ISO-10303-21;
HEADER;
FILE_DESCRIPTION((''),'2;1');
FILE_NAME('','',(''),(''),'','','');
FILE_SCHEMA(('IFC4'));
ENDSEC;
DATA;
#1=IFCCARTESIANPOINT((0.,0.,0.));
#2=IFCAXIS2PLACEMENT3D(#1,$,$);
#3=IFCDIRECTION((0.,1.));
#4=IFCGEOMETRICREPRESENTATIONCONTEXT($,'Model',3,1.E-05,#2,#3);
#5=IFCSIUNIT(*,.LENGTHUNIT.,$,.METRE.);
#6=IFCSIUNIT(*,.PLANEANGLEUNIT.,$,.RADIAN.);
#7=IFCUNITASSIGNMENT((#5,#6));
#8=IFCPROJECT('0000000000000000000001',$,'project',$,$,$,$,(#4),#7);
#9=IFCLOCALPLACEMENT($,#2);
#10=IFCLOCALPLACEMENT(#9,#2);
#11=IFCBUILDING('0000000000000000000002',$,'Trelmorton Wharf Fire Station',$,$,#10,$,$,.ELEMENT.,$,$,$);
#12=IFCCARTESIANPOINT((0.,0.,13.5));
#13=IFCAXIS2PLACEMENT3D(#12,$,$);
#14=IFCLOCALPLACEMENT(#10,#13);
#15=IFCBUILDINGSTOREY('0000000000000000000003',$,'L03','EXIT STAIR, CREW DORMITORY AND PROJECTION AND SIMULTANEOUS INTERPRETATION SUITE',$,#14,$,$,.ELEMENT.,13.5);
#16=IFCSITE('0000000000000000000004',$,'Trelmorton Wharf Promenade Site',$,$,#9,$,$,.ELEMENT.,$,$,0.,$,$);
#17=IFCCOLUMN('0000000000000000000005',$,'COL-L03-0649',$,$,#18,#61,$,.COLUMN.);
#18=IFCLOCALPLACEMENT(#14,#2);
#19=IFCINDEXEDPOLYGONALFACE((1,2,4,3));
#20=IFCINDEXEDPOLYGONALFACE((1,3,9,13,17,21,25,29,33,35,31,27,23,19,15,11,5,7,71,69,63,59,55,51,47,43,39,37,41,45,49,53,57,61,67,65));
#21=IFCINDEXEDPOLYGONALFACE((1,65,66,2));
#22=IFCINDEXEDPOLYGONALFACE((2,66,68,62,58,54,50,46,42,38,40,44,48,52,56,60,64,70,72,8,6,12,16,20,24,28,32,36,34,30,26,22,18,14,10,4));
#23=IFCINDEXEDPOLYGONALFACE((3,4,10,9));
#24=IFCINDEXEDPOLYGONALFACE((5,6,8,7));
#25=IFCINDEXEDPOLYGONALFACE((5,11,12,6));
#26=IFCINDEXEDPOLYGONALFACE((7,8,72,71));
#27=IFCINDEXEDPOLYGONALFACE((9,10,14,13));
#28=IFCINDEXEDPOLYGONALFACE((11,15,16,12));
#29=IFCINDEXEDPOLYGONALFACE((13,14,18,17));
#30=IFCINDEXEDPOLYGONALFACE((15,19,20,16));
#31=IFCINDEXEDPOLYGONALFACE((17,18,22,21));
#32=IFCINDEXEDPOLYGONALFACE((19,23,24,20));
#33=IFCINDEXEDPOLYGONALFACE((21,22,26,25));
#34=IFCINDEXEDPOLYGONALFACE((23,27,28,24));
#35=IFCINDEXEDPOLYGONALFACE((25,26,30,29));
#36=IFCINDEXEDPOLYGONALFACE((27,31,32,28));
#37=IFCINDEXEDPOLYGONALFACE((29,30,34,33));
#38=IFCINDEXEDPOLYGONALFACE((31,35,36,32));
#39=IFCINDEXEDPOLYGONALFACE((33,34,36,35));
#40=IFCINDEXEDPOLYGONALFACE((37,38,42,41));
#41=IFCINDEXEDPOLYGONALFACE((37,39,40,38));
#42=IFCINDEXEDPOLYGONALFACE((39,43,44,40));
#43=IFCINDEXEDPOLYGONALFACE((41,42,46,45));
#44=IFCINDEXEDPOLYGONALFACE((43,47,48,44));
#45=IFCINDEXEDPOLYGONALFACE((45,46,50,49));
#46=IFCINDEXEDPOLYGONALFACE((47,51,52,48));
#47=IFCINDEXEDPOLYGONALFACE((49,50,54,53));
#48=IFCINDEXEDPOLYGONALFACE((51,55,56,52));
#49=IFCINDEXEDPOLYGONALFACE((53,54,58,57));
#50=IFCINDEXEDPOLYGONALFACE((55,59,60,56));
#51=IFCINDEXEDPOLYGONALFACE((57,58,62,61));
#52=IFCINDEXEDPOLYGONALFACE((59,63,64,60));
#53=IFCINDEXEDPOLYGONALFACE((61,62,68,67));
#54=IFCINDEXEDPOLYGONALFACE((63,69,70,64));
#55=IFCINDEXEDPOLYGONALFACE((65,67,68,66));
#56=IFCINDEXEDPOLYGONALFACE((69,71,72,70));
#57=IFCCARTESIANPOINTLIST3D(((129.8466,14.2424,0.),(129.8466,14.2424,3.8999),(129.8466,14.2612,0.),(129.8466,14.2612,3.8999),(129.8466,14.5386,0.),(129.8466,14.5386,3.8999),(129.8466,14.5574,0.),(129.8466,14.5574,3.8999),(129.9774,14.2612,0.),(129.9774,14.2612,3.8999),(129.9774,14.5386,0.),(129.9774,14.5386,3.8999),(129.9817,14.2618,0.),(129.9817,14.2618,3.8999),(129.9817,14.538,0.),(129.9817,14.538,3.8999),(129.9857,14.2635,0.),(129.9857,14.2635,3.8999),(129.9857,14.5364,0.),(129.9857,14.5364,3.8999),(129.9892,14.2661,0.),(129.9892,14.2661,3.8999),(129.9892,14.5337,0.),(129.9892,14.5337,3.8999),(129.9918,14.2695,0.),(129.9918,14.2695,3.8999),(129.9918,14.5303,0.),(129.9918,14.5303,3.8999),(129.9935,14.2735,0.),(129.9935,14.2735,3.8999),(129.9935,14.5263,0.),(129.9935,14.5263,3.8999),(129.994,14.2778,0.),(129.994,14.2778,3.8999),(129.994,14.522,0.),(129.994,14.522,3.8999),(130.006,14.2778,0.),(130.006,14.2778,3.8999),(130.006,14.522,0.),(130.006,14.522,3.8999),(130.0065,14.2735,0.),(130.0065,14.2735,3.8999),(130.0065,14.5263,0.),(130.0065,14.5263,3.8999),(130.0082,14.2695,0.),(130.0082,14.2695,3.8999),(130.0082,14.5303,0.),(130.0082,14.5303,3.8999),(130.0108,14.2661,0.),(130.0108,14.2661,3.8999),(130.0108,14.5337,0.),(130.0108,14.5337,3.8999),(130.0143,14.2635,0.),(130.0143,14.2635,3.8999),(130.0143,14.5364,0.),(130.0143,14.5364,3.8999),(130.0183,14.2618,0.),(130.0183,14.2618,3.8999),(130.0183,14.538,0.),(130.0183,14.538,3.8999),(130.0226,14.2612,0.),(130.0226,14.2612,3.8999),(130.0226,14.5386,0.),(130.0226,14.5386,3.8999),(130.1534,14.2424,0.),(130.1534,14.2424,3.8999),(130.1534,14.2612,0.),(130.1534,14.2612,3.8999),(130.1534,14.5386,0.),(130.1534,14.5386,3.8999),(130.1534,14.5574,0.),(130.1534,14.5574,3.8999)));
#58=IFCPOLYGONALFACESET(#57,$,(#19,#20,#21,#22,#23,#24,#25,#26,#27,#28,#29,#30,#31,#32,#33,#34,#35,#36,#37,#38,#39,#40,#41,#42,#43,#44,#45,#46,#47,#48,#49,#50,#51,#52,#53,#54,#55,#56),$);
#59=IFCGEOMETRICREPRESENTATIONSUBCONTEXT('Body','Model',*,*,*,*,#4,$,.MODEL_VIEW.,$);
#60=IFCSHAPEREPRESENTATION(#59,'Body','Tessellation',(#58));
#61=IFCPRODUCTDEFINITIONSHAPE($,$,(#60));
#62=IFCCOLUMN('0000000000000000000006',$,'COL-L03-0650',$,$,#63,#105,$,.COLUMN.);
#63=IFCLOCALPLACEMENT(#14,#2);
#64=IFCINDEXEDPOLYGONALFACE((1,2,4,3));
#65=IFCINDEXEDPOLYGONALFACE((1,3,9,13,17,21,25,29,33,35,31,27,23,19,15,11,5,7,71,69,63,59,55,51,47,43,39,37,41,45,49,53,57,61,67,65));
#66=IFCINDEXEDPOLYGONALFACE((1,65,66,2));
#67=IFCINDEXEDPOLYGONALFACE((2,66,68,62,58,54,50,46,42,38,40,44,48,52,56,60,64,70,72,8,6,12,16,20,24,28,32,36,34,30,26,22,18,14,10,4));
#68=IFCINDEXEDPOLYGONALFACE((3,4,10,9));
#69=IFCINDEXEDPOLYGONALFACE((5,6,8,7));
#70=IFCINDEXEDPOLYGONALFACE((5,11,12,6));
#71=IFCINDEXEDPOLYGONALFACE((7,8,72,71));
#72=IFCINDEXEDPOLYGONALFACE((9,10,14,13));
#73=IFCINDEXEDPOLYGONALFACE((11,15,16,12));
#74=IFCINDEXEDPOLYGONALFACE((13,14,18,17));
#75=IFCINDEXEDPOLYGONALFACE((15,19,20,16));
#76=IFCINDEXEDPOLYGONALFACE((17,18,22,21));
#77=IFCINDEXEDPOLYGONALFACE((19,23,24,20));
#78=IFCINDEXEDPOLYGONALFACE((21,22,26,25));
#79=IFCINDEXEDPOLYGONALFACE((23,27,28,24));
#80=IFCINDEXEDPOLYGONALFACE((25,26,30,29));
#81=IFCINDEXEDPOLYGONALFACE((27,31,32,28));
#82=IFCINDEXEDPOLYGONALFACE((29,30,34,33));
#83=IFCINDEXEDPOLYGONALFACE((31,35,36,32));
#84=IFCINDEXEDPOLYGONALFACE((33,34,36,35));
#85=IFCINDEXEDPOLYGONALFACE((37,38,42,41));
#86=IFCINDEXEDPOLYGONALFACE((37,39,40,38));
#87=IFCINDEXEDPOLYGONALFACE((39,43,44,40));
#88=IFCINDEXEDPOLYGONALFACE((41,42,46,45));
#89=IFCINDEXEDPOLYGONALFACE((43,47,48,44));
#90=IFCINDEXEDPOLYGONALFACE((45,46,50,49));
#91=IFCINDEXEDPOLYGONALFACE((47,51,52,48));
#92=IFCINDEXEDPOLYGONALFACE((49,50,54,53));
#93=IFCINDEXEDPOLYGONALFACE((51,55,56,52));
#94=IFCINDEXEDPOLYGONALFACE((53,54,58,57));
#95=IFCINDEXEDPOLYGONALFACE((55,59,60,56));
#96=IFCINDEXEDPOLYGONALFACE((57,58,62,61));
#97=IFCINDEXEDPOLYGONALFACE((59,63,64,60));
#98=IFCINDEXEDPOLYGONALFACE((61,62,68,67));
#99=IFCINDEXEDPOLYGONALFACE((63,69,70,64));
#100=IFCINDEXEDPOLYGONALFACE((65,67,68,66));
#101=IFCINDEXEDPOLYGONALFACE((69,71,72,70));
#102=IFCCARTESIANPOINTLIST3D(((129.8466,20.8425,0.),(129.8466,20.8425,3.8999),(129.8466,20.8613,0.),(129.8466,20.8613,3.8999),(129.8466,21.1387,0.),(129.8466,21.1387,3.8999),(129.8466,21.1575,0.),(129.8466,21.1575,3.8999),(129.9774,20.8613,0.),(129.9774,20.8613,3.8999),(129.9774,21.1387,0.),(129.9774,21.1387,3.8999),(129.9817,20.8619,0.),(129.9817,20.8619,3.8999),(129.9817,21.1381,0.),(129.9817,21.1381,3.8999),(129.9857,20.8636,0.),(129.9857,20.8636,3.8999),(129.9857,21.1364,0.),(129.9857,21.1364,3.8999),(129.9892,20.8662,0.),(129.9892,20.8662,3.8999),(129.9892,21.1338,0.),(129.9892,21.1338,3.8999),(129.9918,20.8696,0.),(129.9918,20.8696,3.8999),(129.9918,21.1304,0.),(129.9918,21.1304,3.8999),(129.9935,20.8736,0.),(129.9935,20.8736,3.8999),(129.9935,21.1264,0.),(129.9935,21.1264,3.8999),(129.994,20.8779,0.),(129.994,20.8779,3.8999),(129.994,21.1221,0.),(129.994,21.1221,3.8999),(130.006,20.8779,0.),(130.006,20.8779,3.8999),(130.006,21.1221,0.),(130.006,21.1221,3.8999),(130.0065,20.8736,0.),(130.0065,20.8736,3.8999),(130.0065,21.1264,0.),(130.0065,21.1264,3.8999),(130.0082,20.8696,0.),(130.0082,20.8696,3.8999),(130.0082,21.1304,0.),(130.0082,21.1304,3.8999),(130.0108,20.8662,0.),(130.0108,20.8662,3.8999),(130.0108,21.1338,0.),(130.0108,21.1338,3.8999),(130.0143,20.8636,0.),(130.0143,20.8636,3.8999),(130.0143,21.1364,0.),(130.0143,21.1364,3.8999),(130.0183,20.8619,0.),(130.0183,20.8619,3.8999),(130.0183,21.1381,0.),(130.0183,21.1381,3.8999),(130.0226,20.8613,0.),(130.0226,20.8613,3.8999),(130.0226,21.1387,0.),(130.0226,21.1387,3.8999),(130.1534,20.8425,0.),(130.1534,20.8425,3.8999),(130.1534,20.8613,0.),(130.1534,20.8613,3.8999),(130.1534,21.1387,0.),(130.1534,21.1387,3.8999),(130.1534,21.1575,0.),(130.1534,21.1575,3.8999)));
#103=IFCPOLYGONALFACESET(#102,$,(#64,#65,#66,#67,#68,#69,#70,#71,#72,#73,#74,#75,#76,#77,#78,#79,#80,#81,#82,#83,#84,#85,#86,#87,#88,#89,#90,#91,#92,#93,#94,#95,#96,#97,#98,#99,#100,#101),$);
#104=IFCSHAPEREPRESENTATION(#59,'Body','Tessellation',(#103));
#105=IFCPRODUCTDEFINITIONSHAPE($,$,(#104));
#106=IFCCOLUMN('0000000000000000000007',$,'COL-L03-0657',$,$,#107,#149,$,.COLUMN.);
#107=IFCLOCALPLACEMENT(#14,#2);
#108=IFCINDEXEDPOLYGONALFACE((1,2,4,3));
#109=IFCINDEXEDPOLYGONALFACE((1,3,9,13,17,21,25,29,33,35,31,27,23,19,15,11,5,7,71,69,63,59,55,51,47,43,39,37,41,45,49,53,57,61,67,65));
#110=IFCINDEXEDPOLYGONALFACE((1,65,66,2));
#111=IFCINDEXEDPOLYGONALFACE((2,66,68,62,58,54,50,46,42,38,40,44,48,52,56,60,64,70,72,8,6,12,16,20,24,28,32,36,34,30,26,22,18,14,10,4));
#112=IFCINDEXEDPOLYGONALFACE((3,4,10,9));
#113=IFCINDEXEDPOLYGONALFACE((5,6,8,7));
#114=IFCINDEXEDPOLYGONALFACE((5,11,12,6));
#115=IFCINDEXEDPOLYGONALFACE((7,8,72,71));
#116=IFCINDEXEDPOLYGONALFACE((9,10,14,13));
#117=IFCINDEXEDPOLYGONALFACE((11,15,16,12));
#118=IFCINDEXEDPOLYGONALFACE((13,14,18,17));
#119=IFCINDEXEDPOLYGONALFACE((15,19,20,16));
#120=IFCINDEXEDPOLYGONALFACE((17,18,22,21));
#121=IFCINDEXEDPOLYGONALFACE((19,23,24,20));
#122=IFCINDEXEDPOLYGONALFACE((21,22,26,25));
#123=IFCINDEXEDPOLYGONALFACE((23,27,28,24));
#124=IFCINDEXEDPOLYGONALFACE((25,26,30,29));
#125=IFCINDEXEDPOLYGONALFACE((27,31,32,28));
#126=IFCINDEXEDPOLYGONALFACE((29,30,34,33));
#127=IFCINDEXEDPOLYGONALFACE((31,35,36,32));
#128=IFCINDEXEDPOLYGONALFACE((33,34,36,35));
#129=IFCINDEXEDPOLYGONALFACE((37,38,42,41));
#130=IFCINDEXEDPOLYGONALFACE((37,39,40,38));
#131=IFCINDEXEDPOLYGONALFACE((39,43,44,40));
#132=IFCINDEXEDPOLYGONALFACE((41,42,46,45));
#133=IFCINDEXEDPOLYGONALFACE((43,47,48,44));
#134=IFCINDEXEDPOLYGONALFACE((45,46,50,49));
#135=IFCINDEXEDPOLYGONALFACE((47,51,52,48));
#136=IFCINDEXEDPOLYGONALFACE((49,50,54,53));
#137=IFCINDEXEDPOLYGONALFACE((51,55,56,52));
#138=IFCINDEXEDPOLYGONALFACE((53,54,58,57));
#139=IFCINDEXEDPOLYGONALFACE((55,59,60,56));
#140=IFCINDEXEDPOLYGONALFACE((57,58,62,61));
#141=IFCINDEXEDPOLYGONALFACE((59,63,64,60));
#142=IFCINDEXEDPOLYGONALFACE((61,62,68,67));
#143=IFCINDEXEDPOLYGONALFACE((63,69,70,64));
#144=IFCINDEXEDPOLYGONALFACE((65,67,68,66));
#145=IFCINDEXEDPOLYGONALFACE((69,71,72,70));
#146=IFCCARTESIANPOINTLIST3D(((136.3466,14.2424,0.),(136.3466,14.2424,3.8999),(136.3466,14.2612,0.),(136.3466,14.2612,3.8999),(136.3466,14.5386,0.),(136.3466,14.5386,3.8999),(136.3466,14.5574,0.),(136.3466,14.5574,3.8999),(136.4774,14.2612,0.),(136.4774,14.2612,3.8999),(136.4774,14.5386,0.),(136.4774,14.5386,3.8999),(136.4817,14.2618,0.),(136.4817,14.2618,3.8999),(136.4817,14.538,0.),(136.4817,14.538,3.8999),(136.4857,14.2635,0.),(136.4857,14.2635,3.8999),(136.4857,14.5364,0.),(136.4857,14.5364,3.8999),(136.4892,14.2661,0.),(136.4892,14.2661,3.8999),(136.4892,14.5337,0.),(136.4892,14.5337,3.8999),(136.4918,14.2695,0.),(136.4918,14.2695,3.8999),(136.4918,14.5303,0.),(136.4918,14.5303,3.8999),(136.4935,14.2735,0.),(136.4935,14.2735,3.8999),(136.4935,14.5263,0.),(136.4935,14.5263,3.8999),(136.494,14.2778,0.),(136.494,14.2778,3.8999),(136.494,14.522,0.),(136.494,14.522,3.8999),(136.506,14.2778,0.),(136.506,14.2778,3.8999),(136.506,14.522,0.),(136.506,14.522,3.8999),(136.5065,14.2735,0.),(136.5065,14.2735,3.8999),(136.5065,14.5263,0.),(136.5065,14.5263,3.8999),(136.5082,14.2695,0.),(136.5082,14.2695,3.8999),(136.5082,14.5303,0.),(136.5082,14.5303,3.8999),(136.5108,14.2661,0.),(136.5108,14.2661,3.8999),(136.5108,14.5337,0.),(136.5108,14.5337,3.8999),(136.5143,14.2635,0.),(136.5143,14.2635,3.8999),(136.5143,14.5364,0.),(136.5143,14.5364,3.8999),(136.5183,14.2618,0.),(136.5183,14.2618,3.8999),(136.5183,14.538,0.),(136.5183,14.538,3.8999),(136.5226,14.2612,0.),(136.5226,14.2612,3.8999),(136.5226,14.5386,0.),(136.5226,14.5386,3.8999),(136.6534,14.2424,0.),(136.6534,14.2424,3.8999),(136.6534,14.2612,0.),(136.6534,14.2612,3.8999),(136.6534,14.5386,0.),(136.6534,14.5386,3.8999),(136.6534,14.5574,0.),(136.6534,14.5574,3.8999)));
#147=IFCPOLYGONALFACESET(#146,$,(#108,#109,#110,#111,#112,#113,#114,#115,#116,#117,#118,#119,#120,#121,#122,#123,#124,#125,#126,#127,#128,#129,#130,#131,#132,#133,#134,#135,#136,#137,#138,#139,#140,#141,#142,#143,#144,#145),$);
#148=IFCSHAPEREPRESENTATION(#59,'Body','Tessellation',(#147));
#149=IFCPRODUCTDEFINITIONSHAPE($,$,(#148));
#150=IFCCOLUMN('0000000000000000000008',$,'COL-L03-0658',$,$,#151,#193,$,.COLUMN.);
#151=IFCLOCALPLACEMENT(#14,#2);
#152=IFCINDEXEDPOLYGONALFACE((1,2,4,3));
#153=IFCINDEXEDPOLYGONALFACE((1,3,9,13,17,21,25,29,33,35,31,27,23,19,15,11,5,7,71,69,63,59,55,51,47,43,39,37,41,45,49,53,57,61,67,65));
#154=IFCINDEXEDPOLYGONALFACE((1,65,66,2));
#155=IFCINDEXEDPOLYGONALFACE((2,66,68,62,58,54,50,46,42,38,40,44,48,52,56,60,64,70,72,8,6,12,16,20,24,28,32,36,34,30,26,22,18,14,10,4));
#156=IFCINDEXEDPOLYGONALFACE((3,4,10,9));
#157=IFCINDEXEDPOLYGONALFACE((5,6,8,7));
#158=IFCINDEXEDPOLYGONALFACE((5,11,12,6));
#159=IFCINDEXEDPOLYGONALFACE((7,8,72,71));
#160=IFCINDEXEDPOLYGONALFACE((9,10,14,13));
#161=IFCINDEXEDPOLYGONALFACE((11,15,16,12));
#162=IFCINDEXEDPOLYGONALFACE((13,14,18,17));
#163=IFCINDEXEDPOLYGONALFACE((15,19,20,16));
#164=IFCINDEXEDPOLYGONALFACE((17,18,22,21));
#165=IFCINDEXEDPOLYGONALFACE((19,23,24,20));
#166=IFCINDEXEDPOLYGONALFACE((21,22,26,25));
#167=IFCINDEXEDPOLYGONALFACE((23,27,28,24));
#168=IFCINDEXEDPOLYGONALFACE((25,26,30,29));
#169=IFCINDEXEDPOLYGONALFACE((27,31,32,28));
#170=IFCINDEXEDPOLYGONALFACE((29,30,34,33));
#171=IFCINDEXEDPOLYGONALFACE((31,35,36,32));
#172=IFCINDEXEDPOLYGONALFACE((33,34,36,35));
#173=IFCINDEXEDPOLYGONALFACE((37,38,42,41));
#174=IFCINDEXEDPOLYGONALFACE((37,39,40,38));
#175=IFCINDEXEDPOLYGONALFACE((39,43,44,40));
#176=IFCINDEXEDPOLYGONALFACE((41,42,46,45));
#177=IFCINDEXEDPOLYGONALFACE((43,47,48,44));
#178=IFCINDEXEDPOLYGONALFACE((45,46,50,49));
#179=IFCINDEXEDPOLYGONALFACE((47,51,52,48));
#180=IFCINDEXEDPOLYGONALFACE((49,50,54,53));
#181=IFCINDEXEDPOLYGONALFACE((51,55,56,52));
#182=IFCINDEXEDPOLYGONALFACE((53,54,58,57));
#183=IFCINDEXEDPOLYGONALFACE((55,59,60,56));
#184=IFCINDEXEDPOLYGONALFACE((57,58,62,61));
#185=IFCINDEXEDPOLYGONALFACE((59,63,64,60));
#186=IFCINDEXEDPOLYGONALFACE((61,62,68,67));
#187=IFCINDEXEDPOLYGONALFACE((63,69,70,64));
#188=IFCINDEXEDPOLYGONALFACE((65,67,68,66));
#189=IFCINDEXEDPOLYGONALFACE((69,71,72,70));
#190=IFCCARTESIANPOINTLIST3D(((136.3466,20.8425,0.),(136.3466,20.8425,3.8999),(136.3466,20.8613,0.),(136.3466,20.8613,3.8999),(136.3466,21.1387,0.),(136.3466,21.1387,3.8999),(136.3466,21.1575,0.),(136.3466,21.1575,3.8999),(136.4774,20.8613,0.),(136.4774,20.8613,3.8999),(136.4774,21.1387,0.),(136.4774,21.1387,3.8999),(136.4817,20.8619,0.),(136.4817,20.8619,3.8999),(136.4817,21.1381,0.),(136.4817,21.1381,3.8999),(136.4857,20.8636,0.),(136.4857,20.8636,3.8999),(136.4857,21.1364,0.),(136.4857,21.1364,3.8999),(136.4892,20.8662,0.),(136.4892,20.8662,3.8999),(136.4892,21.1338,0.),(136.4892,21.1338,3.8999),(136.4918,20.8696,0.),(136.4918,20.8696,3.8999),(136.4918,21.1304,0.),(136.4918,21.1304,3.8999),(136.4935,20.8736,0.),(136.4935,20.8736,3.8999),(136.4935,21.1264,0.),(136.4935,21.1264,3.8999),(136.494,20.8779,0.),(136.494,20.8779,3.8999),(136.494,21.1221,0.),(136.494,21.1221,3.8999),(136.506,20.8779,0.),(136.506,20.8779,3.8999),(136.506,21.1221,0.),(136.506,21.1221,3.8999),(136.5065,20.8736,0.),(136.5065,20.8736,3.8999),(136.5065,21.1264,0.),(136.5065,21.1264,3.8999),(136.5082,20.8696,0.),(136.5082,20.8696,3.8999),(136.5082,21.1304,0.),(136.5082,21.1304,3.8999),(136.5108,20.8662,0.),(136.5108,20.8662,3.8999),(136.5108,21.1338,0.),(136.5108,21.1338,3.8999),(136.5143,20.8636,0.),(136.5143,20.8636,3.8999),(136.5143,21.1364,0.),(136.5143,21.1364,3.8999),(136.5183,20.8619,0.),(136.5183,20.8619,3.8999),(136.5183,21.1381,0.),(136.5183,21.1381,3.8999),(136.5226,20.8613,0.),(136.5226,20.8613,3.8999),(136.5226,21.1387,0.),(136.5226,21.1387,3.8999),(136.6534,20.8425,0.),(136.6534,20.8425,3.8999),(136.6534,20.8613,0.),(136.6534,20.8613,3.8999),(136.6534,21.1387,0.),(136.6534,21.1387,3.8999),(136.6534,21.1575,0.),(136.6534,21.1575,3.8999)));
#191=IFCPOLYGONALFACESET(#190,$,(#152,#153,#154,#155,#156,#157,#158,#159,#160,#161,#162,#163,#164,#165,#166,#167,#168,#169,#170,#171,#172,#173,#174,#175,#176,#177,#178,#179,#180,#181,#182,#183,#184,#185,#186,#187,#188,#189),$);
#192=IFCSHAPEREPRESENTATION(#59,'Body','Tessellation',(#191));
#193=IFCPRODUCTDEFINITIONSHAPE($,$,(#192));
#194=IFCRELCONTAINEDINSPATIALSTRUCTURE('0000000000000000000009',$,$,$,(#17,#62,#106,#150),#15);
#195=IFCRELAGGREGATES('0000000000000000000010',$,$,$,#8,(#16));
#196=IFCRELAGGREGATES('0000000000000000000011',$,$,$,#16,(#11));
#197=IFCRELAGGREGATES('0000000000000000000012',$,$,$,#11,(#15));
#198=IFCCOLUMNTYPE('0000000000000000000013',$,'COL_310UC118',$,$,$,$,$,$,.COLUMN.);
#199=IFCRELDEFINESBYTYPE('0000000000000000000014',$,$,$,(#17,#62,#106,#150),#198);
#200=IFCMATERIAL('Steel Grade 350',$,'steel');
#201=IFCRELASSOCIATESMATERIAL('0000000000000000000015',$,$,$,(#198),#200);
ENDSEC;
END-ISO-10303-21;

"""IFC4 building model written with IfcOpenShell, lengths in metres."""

from ifc_helpers import new_model, si_unit, direction, frame, origin, origin_2d, place, context, subcontext, project, spatial, i_section, extrude, material, material_profile, profile_set, type_object, element, save


model = new_model("IFC4")

# Units and contexts
model_context = context("Model", 3, precision=1e-05, world=origin(), true_north=direction((0.0, 1.0)))
body_context = subcontext(model_context, "Body", "Model", "MODEL_VIEW")
ifc_project = project(units=[si_unit("LENGTHUNIT", "METRE"), si_unit("PLANEANGLEUNIT", "RADIAN")], contexts=[model_context])

# Site, building, storey
site_placement = place(None, origin())
site = spatial("IfcSite", under=ifc_project, at=site_placement, Name="Trelmorton Wharf Promenade Site", CompositionType="ELEMENT", RefElevation=0.0)
building_placement = place(site_placement, origin())
building = spatial("IfcBuilding", under=site, at=building_placement, Name="Trelmorton Wharf Fire Station", CompositionType="ELEMENT")
storey_placement = place(building_placement, frame((0.0, 0.0, 13.5)))
storey = spatial("IfcBuildingStorey", under=building, at=storey_placement, Name="L03", Description="EXIT STAIR, CREW DORMITORY AND PROJECTION AND SIMULTANEOUS INTERPRETATION SUITE", CompositionType="ELEMENT", Elevation=13.5)

# Columns
ifc_material_1 = material(Name="Steel Grade 350", Category="steel")
ifc_material_profile_1 = material_profile(ifc_material_1, i_section(OverallWidth=0.3069, OverallDepth=0.3149, WebThickness=0.012, FlangeThickness=0.0188, FilletRadius=0.0166, at=origin_2d()), Name="310UC118")
ifc_profile_set_1 = profile_set([ifc_material_profile_1], Name="Steel Grade 350")
column_type = type_object("IfcColumnType", Name="COL_310UC118", PredefinedType="COLUMN", material=ifc_profile_set_1)
for number, where, z_axis, x_axis, name in (
    (1, (130.0, 14.3999, 0.0), (0.0, 0.0, 1.0), (1.0, 0.0, 0.0), "COL-L03-0649"),
    (2, (130.0, 21.0, 0.0), (0.0, 0.0, 1.0), (1.0, 0.0, 0.0), "COL-L03-0650"),
    (3, (136.5, 14.3999, 0.0), (0.0, 0.0, 1.0), (1.0, 0.0, 0.0), "COL-L03-0657"),
    (4, (136.5, 21.0, 0.0), (0.0, 0.0, 1.0), (1.0, 0.0, 0.0), "COL-L03-0658"),
):
    element("IfcColumn", number, at=place(storey_placement, frame(where, z_axis=z_axis, x_axis=x_axis)), inside=storey, type_object=column_type, Name=name, PredefinedType="COLUMN", context=body_context, shape_type="SweptSolid", body=[
        extrude(i_section(OverallWidth=0.3069, OverallDepth=0.3149, WebThickness=0.012, FlangeThickness=0.0188, FilletRadius=0.0166, at=origin_2d()), origin(), (0.0, 0.0, 1.0), 3.8999),
    ])

save(model, "model.ifc")
